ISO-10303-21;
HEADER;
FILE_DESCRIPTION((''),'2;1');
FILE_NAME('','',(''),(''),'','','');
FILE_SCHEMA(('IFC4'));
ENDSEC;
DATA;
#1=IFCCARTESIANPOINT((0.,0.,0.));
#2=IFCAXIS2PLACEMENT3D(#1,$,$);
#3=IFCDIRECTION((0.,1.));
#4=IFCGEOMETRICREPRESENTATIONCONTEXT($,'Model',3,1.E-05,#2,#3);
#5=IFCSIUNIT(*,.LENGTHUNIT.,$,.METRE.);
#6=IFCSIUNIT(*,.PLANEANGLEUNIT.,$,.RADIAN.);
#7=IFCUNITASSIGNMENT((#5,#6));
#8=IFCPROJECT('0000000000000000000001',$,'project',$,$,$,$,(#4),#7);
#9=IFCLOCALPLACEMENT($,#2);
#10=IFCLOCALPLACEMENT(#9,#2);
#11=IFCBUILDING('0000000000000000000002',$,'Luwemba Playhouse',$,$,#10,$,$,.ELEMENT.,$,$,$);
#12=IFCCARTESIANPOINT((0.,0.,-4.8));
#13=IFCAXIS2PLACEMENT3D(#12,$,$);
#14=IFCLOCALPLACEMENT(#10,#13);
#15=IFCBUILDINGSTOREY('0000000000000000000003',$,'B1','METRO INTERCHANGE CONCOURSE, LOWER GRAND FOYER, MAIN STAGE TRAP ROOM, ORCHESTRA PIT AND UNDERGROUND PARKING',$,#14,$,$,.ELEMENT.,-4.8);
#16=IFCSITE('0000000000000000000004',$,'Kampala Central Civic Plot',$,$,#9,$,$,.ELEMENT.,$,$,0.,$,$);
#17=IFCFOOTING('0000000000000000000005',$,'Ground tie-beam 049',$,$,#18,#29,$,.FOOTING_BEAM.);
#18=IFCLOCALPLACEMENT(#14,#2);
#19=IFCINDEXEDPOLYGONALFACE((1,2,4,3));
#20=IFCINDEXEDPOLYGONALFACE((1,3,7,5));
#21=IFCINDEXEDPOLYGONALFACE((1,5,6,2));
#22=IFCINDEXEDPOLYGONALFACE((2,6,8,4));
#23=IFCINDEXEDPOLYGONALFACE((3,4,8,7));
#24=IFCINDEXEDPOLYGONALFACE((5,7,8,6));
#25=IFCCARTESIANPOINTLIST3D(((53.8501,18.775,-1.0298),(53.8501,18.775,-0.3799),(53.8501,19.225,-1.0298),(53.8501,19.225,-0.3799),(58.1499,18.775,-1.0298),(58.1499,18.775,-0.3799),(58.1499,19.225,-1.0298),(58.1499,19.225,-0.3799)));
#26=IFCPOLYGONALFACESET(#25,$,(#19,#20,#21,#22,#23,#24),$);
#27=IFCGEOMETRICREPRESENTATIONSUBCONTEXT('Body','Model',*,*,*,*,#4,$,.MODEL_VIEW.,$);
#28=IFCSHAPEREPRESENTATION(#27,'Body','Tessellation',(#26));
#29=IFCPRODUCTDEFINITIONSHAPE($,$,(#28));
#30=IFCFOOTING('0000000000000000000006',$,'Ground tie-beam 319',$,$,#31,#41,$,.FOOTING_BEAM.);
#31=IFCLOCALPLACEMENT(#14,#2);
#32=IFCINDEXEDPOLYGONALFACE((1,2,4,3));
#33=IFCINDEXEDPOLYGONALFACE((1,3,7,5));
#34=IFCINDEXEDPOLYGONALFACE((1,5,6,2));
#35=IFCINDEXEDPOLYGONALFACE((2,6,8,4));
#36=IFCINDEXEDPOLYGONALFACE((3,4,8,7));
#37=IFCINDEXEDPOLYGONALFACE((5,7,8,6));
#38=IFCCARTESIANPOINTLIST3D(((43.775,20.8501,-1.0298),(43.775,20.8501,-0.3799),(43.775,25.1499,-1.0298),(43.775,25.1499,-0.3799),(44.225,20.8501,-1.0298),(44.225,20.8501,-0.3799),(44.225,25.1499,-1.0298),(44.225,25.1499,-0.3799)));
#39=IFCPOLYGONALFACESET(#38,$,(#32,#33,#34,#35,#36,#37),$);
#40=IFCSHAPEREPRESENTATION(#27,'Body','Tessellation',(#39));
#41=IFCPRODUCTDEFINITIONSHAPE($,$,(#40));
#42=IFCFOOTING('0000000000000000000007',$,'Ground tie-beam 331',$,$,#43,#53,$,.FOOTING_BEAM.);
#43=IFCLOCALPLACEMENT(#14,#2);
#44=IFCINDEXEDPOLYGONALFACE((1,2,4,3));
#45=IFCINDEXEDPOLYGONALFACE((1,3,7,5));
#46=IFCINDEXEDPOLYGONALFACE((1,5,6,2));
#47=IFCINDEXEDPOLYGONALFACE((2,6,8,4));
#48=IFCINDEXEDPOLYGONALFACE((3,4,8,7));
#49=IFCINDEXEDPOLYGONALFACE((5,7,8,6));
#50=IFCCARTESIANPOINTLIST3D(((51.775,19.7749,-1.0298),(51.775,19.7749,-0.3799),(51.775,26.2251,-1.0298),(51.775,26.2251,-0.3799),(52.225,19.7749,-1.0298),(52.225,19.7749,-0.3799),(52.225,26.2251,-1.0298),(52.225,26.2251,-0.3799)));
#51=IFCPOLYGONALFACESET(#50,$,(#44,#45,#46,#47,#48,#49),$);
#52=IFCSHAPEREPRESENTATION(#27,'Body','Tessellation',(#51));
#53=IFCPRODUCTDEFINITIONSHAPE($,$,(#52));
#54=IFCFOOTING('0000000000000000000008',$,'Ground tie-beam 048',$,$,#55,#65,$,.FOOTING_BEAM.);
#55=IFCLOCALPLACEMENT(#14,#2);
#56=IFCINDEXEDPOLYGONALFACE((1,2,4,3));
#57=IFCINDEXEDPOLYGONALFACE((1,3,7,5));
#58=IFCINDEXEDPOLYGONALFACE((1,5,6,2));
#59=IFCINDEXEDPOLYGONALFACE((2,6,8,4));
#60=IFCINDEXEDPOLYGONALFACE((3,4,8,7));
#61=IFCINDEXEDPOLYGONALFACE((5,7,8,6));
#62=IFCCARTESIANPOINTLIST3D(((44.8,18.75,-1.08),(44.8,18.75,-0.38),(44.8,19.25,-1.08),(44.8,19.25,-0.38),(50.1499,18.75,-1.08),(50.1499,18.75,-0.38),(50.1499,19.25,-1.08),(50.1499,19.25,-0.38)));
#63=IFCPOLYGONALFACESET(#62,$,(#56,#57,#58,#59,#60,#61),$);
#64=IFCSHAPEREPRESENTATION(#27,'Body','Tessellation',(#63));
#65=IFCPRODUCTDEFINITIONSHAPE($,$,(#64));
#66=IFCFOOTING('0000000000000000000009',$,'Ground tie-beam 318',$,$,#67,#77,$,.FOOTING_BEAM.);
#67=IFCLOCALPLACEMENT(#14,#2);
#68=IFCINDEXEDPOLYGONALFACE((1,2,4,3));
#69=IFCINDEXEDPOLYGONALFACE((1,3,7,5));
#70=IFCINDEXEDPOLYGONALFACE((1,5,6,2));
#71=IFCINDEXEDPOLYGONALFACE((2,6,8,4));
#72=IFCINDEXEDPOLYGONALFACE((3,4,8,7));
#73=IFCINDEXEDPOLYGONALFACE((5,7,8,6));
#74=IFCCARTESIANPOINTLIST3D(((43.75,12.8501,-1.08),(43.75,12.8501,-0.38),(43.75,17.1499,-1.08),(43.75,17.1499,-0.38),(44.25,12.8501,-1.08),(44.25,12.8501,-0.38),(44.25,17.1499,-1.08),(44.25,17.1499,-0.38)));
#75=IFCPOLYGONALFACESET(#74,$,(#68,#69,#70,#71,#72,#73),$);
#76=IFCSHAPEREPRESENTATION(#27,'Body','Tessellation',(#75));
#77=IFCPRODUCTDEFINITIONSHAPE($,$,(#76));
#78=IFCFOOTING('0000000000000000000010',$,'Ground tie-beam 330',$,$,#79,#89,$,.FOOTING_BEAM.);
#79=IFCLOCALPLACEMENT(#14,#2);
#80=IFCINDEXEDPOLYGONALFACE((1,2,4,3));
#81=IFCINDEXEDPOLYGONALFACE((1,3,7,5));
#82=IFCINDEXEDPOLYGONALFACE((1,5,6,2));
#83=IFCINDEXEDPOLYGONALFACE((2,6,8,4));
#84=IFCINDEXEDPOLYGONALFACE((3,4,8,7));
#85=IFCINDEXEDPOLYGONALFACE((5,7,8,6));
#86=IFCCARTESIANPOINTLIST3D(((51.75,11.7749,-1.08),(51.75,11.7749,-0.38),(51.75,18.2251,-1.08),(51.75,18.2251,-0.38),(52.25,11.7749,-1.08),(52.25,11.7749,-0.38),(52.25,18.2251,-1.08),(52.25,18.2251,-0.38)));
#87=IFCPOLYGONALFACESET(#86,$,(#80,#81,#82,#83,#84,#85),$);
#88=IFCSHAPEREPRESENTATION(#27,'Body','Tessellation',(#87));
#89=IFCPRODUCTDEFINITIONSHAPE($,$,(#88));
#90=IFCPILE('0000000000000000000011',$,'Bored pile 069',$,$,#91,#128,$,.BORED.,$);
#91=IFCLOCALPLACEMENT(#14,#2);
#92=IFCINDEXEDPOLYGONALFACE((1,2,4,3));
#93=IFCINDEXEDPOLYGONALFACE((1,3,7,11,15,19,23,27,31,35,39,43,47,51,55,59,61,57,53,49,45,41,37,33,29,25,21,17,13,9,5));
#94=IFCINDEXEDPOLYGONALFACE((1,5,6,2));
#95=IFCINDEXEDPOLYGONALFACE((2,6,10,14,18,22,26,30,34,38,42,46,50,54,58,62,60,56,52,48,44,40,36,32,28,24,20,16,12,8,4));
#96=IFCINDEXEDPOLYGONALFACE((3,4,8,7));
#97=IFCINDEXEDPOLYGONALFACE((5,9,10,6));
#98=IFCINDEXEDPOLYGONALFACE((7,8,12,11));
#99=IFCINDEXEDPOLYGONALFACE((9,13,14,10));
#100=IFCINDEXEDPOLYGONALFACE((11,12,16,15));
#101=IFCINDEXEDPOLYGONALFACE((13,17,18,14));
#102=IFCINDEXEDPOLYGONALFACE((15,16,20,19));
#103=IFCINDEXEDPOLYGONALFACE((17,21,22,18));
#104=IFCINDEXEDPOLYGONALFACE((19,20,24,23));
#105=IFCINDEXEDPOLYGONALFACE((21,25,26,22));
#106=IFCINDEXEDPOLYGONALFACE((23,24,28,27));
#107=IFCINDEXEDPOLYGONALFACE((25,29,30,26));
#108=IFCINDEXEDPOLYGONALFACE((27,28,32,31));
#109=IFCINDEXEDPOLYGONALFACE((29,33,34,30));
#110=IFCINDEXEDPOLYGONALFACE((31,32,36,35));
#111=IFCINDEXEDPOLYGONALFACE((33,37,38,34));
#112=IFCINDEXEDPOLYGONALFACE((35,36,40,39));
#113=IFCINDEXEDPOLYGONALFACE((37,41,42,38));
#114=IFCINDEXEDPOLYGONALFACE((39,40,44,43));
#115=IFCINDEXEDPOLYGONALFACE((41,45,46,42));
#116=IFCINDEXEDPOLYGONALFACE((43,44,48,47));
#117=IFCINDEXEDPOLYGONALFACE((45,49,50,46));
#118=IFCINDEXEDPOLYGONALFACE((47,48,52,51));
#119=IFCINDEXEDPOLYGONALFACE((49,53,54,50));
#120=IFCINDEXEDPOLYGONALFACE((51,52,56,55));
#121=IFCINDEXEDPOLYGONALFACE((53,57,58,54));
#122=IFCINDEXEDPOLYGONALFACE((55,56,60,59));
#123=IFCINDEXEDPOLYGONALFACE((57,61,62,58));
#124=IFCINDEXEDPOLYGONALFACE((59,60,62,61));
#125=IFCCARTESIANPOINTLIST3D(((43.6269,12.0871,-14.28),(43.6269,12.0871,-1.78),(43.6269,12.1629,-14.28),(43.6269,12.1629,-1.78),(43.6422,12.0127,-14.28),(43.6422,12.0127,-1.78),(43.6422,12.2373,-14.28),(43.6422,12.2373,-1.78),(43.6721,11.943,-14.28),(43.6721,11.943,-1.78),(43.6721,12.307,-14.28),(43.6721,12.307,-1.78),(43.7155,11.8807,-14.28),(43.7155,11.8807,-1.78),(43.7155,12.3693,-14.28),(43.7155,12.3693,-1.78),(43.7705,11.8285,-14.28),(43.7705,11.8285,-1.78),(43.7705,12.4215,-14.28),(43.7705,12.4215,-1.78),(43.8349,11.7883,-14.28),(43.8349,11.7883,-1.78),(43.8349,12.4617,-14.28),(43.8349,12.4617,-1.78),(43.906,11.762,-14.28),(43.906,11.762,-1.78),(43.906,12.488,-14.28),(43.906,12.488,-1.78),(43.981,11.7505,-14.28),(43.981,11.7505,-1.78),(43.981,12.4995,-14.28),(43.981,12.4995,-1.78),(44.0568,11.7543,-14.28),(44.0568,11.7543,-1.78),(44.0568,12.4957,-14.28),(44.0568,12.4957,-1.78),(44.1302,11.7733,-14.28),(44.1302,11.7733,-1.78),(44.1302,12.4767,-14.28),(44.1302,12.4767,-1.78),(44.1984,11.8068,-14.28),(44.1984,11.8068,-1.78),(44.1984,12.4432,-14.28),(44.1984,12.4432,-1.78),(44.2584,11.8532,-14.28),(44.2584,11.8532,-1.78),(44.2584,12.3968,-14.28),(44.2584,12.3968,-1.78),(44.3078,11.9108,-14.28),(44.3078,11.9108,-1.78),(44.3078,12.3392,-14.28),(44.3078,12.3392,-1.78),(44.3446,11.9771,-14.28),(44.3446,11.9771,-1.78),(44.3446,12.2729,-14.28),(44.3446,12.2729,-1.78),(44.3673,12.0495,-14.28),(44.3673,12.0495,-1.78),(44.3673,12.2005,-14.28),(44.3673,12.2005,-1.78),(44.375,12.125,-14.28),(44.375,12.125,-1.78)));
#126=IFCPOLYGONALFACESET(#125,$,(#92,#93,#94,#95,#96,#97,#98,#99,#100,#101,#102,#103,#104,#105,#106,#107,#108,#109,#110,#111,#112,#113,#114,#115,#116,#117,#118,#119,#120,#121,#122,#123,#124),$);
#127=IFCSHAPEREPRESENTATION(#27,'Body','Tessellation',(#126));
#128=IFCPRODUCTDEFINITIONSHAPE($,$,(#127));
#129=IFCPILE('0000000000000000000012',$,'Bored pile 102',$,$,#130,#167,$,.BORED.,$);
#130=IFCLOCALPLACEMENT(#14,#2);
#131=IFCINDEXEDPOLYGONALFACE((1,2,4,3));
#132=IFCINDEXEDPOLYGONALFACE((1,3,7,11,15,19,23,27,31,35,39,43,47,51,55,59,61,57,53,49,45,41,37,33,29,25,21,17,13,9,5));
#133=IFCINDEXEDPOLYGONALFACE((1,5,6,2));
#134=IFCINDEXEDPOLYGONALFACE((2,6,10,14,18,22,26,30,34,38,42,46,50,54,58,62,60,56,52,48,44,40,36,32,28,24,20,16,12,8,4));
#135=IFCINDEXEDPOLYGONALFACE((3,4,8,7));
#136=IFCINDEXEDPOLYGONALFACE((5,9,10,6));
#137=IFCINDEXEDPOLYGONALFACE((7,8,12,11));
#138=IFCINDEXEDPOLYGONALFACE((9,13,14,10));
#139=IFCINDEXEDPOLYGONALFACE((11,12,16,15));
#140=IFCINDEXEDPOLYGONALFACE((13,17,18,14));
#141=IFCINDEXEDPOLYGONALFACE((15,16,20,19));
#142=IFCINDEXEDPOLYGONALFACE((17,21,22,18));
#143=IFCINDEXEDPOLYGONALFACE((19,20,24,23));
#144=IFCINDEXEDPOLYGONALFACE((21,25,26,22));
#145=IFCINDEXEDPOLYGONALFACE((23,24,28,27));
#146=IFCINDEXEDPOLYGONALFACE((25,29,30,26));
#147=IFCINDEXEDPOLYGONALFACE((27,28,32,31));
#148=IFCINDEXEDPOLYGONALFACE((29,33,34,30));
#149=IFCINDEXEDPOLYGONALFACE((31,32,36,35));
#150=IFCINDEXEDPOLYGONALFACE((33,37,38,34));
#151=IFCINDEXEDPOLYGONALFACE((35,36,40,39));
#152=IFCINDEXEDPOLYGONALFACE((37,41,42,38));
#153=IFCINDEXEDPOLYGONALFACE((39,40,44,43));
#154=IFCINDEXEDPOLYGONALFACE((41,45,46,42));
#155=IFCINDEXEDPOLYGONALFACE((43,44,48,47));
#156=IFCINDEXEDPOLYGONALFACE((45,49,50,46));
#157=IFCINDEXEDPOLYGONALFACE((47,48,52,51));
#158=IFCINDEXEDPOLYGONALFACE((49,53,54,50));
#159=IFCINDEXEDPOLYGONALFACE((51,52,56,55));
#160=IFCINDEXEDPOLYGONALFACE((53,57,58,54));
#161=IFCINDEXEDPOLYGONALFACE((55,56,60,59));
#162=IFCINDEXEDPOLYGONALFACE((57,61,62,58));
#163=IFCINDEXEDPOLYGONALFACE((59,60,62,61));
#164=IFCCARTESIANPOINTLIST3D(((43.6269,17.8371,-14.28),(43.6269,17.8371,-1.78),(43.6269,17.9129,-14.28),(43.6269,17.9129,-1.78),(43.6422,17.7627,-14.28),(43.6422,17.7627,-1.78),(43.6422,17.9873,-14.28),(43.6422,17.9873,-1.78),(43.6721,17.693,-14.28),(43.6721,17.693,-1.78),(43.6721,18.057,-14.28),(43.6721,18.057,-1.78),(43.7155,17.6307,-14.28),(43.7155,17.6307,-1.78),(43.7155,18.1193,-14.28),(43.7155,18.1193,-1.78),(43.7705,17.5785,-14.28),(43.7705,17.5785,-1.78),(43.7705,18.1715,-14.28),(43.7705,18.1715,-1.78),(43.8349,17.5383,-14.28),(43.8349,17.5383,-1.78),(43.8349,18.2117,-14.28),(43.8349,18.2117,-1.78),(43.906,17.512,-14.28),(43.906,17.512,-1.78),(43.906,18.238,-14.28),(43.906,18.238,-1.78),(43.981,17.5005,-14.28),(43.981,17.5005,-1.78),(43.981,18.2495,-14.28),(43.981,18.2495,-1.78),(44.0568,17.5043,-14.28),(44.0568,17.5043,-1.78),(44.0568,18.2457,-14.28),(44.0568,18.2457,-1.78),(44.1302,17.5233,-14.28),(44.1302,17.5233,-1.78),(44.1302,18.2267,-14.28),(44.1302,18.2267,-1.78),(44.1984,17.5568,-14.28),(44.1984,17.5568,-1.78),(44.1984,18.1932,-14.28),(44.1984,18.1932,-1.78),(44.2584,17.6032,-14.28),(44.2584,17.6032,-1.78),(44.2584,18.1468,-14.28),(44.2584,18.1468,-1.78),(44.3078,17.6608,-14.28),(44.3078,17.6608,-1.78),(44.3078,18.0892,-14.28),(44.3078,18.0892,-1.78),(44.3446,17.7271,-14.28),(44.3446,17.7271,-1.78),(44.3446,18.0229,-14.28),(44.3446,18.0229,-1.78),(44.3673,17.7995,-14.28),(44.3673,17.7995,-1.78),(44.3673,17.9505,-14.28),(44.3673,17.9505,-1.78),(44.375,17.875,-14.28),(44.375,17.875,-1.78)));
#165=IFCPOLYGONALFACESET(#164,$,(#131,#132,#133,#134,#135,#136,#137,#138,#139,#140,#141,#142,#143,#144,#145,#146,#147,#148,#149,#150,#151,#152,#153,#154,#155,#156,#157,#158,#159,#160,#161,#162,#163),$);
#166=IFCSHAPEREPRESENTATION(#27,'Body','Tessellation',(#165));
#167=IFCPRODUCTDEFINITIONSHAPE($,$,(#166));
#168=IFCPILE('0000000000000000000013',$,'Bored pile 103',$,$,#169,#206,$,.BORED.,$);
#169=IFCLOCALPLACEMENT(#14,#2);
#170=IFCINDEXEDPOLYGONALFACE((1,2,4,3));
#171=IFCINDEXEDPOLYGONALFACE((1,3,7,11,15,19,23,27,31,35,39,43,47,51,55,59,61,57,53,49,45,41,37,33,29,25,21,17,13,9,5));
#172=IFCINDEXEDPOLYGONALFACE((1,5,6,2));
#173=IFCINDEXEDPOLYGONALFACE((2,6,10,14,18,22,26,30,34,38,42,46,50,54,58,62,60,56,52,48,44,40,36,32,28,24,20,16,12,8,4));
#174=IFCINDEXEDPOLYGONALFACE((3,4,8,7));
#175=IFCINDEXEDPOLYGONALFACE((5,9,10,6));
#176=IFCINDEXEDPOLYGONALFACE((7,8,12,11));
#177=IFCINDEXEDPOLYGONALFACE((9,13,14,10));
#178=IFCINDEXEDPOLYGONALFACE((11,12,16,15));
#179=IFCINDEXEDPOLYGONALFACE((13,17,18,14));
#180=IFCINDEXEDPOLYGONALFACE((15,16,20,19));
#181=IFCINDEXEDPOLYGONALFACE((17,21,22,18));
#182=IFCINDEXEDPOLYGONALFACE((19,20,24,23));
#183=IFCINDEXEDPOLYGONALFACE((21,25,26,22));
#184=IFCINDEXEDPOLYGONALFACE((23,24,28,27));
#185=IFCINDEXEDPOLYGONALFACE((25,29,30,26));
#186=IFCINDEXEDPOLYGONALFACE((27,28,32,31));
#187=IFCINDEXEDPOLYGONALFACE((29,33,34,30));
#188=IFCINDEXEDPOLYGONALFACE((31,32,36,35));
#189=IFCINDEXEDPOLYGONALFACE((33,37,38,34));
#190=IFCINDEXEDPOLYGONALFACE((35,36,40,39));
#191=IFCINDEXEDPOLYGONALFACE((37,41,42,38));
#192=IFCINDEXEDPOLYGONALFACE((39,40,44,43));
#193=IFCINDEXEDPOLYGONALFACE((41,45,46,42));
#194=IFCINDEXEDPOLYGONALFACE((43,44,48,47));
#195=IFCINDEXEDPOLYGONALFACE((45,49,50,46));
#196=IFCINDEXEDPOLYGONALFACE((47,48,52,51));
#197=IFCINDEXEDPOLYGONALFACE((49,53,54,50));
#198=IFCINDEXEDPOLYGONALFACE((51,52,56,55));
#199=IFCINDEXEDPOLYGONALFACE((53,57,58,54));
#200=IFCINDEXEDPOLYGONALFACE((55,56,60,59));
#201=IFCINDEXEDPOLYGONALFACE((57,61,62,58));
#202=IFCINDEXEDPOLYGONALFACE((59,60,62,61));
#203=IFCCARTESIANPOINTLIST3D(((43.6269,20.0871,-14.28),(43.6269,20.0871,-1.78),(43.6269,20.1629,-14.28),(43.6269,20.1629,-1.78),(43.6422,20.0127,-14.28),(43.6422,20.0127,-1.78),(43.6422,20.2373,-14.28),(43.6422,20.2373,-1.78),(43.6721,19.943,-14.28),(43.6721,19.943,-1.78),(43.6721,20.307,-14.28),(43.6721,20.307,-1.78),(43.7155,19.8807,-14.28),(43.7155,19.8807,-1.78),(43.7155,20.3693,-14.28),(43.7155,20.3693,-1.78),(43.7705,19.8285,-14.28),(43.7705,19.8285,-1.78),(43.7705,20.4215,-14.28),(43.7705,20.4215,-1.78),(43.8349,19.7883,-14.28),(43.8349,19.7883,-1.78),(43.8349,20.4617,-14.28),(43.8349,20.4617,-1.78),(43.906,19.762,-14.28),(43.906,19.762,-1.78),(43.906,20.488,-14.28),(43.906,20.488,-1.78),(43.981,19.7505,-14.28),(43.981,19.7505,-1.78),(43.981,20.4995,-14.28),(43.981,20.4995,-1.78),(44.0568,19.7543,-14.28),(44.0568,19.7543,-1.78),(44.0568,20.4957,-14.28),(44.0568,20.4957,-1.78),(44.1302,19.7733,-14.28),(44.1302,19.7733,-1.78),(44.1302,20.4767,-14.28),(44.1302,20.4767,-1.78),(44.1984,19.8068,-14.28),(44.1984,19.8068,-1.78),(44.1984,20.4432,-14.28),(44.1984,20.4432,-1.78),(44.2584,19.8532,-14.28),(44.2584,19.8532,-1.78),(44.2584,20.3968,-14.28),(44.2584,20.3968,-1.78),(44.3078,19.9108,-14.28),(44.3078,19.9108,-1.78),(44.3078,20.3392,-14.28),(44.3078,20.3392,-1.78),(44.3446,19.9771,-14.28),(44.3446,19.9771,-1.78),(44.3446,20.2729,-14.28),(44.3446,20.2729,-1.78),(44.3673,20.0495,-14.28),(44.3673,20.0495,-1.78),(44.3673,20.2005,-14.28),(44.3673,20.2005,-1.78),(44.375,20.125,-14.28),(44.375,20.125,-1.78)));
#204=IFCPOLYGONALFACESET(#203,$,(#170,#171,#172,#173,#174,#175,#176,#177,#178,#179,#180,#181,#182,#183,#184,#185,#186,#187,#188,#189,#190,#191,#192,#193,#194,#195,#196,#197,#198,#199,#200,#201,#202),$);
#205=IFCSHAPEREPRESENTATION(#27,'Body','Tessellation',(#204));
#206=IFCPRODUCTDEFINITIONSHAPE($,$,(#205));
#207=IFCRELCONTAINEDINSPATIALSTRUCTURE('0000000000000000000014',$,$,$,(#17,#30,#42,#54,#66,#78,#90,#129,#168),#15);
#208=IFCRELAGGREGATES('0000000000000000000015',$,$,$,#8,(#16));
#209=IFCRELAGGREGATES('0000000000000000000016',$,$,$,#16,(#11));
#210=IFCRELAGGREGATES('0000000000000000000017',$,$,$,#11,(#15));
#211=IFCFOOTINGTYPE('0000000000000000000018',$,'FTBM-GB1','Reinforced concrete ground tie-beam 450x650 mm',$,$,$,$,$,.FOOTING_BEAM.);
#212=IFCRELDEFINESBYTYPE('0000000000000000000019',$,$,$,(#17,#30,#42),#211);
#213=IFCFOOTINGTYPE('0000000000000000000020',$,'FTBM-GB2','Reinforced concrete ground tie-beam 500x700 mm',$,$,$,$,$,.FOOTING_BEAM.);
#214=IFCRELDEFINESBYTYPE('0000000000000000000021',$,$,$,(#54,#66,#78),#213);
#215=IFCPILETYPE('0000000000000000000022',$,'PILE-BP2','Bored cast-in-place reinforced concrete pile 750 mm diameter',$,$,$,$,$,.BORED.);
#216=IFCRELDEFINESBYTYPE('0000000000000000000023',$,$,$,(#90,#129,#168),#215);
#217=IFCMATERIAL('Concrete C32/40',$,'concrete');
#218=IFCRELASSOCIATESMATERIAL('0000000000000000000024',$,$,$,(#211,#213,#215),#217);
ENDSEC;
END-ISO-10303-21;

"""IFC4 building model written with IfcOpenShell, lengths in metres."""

from ifc_helpers import new_model, si_unit, direction, frame, origin, origin_2d, place, context, subcontext, project, spatial, rectangle, circle, extrude, material, material_profile, profile_set, type_object, element, save


model = new_model("IFC4")

# Units and contexts
model_context = context("Model", 3, precision=1e-05, world=origin(), true_north=direction((0.0, 1.0)))
body_context = subcontext(model_context, "Body", "Model", "MODEL_VIEW")
ifc_project = project(units=[si_unit("LENGTHUNIT", "METRE"), si_unit("PLANEANGLEUNIT", "RADIAN")], contexts=[model_context])

# Site, building, storey
site_placement = place(None, origin())
site = spatial("IfcSite", under=ifc_project, at=site_placement, Name="Kampala Central Civic Plot", CompositionType="ELEMENT", RefElevation=0.0)
building_placement = place(site_placement, origin())
building = spatial("IfcBuilding", under=site, at=building_placement, Name="Luwemba Playhouse", CompositionType="ELEMENT")
storey_placement = place(building_placement, frame((0.0, 0.0, -4.8)))
storey = spatial("IfcBuildingStorey", under=building, at=storey_placement, Name="B1", Description="METRO INTERCHANGE CONCOURSE, LOWER GRAND FOYER, MAIN STAGE TRAP ROOM, ORCHESTRA PIT AND UNDERGROUND PARKING", CompositionType="ELEMENT", Elevation=-4.8)

# Footings
ifc_material_1 = material(Name="Concrete C32/40", Category="concrete")
ifc_material_profile_1 = material_profile(ifc_material_1, rectangle(XDim=0.45, YDim=0.6499, at=origin_2d()))
ifc_profile_set_1 = profile_set([ifc_material_profile_1], Name="Concrete C32/40")
footing_type_1 = type_object("IfcFootingType", Name="FTBM-GB1", Description="Reinforced concrete ground tie-beam 450x650 mm", PredefinedType="FOOTING_BEAM", material=ifc_profile_set_1)
for number, where, z_axis, x_axis, name in (
    (1, (53.8501, 19.0, -0.7048), (1.0, 0.0, 0.0), (0.0, 1.0, 0.0), "Ground tie-beam 049"),
    (2, (44.0, 20.8501, -0.7048), (0.0, 1.0, 0.0), (-1.0, 0.0, 0.0), "Ground tie-beam 319"),
):
    element("IfcFooting", number, at=place(storey_placement, frame(where, z_axis=z_axis, x_axis=x_axis)), inside=storey, type_object=footing_type_1, Name=name, PredefinedType="FOOTING_BEAM", context=body_context, shape_type="SweptSolid", body=[
        extrude(rectangle(XDim=0.45, YDim=0.6499, at=origin_2d()), origin(), (0.0, 0.0, 1.0), 4.2998),
    ])
footing_1_placement = place(storey_placement, frame((52.0, 19.7749, -0.7048), z_axis=(0.0, 1.0, 0.0), x_axis=(-1.0, 0.0, 0.0)))
element("IfcFooting", 3, at=footing_1_placement, inside=storey, type_object=footing_type_1, Name="Ground tie-beam 331", PredefinedType="FOOTING_BEAM", context=body_context, shape_type="SweptSolid", body=[
    extrude(rectangle(XDim=0.45, YDim=0.6499, at=origin_2d()), origin(), (0.0, 0.0, 1.0), 6.4502),
])
ifc_material_profile_2 = material_profile(ifc_material_1, rectangle(XDim=0.5, YDim=0.7, at=origin_2d()))
ifc_profile_set_2 = profile_set([ifc_material_profile_2], Name="Concrete C32/40")
footing_type_2 = type_object("IfcFootingType", Name="FTBM-GB2", Description="Reinforced concrete ground tie-beam 500x700 mm", PredefinedType="FOOTING_BEAM", material=ifc_profile_set_2)
footing_2_placement = place(storey_placement, frame((44.8, 19.0, -0.73), z_axis=(1.0, 0.0, 0.0), x_axis=(0.0, 1.0, 0.0)))
element("IfcFooting", 4, at=footing_2_placement, inside=storey, type_object=footing_type_2, Name="Ground tie-beam 048", PredefinedType="FOOTING_BEAM", context=body_context, shape_type="SweptSolid", body=[
    extrude(rectangle(XDim=0.5, YDim=0.7, at=origin_2d()), origin(), (0.0, 0.0, 1.0), 5.3499),
])
footing_3_placement = place(storey_placement, frame((44.0, 12.8501, -0.73), z_axis=(0.0, 1.0, 0.0), x_axis=(-1.0, 0.0, 0.0)))
element("IfcFooting", 5, at=footing_3_placement, inside=storey, type_object=footing_type_2, Name="Ground tie-beam 318", PredefinedType="FOOTING_BEAM", context=body_context, shape_type="SweptSolid", body=[
    extrude(rectangle(XDim=0.5, YDim=0.7, at=origin_2d()), origin(), (0.0, 0.0, 1.0), 4.2998),
])
footing_4_placement = place(storey_placement, frame((52.0, 11.7749, -0.73), z_axis=(0.0, 1.0, 0.0), x_axis=(-1.0, 0.0, 0.0)))
element("IfcFooting", 6, at=footing_4_placement, inside=storey, type_object=footing_type_2, Name="Ground tie-beam 330", PredefinedType="FOOTING_BEAM", context=body_context, shape_type="SweptSolid", body=[
    extrude(rectangle(XDim=0.5, YDim=0.7, at=origin_2d()), origin(), (0.0, 0.0, 1.0), 6.4502),
])

# Piles
ifc_material_profile_3 = material_profile(ifc_material_1, circle(Radius=0.375, at=origin_2d()))
ifc_profile_set_3 = profile_set([ifc_material_profile_3], Name="Concrete C32/40")
pile_type = type_object("IfcPileType", Name="PILE-BP2", Description="Bored cast-in-place reinforced concrete pile 750 mm diameter", PredefinedType="BORED", material=ifc_profile_set_3)
for number, where, z_axis, x_axis, name in (
    (7, (44.0, 12.125, -1.78), (0.0, 0.0, -1.0), (1.0, 0.0, 0.0), "Bored pile 069"),
    (8, (44.0, 17.875, -1.78), (0.0, 0.0, -1.0), (1.0, 0.0, 0.0), "Bored pile 102"),
    (9, (44.0, 20.125, -1.78), (0.0, 0.0, -1.0), (1.0, 0.0, 0.0), "Bored pile 103"),
):
    element("IfcPile", number, at=place(storey_placement, frame(where, z_axis=z_axis, x_axis=x_axis)), inside=storey, type_object=pile_type, Name=name, PredefinedType="BORED", context=body_context, shape_type="SweptSolid", body=[
        extrude(circle(Radius=0.375, at=origin_2d()), origin(), (0.0, 0.0, 1.0), 12.5),
    ])

save(model, "model.ifc")
